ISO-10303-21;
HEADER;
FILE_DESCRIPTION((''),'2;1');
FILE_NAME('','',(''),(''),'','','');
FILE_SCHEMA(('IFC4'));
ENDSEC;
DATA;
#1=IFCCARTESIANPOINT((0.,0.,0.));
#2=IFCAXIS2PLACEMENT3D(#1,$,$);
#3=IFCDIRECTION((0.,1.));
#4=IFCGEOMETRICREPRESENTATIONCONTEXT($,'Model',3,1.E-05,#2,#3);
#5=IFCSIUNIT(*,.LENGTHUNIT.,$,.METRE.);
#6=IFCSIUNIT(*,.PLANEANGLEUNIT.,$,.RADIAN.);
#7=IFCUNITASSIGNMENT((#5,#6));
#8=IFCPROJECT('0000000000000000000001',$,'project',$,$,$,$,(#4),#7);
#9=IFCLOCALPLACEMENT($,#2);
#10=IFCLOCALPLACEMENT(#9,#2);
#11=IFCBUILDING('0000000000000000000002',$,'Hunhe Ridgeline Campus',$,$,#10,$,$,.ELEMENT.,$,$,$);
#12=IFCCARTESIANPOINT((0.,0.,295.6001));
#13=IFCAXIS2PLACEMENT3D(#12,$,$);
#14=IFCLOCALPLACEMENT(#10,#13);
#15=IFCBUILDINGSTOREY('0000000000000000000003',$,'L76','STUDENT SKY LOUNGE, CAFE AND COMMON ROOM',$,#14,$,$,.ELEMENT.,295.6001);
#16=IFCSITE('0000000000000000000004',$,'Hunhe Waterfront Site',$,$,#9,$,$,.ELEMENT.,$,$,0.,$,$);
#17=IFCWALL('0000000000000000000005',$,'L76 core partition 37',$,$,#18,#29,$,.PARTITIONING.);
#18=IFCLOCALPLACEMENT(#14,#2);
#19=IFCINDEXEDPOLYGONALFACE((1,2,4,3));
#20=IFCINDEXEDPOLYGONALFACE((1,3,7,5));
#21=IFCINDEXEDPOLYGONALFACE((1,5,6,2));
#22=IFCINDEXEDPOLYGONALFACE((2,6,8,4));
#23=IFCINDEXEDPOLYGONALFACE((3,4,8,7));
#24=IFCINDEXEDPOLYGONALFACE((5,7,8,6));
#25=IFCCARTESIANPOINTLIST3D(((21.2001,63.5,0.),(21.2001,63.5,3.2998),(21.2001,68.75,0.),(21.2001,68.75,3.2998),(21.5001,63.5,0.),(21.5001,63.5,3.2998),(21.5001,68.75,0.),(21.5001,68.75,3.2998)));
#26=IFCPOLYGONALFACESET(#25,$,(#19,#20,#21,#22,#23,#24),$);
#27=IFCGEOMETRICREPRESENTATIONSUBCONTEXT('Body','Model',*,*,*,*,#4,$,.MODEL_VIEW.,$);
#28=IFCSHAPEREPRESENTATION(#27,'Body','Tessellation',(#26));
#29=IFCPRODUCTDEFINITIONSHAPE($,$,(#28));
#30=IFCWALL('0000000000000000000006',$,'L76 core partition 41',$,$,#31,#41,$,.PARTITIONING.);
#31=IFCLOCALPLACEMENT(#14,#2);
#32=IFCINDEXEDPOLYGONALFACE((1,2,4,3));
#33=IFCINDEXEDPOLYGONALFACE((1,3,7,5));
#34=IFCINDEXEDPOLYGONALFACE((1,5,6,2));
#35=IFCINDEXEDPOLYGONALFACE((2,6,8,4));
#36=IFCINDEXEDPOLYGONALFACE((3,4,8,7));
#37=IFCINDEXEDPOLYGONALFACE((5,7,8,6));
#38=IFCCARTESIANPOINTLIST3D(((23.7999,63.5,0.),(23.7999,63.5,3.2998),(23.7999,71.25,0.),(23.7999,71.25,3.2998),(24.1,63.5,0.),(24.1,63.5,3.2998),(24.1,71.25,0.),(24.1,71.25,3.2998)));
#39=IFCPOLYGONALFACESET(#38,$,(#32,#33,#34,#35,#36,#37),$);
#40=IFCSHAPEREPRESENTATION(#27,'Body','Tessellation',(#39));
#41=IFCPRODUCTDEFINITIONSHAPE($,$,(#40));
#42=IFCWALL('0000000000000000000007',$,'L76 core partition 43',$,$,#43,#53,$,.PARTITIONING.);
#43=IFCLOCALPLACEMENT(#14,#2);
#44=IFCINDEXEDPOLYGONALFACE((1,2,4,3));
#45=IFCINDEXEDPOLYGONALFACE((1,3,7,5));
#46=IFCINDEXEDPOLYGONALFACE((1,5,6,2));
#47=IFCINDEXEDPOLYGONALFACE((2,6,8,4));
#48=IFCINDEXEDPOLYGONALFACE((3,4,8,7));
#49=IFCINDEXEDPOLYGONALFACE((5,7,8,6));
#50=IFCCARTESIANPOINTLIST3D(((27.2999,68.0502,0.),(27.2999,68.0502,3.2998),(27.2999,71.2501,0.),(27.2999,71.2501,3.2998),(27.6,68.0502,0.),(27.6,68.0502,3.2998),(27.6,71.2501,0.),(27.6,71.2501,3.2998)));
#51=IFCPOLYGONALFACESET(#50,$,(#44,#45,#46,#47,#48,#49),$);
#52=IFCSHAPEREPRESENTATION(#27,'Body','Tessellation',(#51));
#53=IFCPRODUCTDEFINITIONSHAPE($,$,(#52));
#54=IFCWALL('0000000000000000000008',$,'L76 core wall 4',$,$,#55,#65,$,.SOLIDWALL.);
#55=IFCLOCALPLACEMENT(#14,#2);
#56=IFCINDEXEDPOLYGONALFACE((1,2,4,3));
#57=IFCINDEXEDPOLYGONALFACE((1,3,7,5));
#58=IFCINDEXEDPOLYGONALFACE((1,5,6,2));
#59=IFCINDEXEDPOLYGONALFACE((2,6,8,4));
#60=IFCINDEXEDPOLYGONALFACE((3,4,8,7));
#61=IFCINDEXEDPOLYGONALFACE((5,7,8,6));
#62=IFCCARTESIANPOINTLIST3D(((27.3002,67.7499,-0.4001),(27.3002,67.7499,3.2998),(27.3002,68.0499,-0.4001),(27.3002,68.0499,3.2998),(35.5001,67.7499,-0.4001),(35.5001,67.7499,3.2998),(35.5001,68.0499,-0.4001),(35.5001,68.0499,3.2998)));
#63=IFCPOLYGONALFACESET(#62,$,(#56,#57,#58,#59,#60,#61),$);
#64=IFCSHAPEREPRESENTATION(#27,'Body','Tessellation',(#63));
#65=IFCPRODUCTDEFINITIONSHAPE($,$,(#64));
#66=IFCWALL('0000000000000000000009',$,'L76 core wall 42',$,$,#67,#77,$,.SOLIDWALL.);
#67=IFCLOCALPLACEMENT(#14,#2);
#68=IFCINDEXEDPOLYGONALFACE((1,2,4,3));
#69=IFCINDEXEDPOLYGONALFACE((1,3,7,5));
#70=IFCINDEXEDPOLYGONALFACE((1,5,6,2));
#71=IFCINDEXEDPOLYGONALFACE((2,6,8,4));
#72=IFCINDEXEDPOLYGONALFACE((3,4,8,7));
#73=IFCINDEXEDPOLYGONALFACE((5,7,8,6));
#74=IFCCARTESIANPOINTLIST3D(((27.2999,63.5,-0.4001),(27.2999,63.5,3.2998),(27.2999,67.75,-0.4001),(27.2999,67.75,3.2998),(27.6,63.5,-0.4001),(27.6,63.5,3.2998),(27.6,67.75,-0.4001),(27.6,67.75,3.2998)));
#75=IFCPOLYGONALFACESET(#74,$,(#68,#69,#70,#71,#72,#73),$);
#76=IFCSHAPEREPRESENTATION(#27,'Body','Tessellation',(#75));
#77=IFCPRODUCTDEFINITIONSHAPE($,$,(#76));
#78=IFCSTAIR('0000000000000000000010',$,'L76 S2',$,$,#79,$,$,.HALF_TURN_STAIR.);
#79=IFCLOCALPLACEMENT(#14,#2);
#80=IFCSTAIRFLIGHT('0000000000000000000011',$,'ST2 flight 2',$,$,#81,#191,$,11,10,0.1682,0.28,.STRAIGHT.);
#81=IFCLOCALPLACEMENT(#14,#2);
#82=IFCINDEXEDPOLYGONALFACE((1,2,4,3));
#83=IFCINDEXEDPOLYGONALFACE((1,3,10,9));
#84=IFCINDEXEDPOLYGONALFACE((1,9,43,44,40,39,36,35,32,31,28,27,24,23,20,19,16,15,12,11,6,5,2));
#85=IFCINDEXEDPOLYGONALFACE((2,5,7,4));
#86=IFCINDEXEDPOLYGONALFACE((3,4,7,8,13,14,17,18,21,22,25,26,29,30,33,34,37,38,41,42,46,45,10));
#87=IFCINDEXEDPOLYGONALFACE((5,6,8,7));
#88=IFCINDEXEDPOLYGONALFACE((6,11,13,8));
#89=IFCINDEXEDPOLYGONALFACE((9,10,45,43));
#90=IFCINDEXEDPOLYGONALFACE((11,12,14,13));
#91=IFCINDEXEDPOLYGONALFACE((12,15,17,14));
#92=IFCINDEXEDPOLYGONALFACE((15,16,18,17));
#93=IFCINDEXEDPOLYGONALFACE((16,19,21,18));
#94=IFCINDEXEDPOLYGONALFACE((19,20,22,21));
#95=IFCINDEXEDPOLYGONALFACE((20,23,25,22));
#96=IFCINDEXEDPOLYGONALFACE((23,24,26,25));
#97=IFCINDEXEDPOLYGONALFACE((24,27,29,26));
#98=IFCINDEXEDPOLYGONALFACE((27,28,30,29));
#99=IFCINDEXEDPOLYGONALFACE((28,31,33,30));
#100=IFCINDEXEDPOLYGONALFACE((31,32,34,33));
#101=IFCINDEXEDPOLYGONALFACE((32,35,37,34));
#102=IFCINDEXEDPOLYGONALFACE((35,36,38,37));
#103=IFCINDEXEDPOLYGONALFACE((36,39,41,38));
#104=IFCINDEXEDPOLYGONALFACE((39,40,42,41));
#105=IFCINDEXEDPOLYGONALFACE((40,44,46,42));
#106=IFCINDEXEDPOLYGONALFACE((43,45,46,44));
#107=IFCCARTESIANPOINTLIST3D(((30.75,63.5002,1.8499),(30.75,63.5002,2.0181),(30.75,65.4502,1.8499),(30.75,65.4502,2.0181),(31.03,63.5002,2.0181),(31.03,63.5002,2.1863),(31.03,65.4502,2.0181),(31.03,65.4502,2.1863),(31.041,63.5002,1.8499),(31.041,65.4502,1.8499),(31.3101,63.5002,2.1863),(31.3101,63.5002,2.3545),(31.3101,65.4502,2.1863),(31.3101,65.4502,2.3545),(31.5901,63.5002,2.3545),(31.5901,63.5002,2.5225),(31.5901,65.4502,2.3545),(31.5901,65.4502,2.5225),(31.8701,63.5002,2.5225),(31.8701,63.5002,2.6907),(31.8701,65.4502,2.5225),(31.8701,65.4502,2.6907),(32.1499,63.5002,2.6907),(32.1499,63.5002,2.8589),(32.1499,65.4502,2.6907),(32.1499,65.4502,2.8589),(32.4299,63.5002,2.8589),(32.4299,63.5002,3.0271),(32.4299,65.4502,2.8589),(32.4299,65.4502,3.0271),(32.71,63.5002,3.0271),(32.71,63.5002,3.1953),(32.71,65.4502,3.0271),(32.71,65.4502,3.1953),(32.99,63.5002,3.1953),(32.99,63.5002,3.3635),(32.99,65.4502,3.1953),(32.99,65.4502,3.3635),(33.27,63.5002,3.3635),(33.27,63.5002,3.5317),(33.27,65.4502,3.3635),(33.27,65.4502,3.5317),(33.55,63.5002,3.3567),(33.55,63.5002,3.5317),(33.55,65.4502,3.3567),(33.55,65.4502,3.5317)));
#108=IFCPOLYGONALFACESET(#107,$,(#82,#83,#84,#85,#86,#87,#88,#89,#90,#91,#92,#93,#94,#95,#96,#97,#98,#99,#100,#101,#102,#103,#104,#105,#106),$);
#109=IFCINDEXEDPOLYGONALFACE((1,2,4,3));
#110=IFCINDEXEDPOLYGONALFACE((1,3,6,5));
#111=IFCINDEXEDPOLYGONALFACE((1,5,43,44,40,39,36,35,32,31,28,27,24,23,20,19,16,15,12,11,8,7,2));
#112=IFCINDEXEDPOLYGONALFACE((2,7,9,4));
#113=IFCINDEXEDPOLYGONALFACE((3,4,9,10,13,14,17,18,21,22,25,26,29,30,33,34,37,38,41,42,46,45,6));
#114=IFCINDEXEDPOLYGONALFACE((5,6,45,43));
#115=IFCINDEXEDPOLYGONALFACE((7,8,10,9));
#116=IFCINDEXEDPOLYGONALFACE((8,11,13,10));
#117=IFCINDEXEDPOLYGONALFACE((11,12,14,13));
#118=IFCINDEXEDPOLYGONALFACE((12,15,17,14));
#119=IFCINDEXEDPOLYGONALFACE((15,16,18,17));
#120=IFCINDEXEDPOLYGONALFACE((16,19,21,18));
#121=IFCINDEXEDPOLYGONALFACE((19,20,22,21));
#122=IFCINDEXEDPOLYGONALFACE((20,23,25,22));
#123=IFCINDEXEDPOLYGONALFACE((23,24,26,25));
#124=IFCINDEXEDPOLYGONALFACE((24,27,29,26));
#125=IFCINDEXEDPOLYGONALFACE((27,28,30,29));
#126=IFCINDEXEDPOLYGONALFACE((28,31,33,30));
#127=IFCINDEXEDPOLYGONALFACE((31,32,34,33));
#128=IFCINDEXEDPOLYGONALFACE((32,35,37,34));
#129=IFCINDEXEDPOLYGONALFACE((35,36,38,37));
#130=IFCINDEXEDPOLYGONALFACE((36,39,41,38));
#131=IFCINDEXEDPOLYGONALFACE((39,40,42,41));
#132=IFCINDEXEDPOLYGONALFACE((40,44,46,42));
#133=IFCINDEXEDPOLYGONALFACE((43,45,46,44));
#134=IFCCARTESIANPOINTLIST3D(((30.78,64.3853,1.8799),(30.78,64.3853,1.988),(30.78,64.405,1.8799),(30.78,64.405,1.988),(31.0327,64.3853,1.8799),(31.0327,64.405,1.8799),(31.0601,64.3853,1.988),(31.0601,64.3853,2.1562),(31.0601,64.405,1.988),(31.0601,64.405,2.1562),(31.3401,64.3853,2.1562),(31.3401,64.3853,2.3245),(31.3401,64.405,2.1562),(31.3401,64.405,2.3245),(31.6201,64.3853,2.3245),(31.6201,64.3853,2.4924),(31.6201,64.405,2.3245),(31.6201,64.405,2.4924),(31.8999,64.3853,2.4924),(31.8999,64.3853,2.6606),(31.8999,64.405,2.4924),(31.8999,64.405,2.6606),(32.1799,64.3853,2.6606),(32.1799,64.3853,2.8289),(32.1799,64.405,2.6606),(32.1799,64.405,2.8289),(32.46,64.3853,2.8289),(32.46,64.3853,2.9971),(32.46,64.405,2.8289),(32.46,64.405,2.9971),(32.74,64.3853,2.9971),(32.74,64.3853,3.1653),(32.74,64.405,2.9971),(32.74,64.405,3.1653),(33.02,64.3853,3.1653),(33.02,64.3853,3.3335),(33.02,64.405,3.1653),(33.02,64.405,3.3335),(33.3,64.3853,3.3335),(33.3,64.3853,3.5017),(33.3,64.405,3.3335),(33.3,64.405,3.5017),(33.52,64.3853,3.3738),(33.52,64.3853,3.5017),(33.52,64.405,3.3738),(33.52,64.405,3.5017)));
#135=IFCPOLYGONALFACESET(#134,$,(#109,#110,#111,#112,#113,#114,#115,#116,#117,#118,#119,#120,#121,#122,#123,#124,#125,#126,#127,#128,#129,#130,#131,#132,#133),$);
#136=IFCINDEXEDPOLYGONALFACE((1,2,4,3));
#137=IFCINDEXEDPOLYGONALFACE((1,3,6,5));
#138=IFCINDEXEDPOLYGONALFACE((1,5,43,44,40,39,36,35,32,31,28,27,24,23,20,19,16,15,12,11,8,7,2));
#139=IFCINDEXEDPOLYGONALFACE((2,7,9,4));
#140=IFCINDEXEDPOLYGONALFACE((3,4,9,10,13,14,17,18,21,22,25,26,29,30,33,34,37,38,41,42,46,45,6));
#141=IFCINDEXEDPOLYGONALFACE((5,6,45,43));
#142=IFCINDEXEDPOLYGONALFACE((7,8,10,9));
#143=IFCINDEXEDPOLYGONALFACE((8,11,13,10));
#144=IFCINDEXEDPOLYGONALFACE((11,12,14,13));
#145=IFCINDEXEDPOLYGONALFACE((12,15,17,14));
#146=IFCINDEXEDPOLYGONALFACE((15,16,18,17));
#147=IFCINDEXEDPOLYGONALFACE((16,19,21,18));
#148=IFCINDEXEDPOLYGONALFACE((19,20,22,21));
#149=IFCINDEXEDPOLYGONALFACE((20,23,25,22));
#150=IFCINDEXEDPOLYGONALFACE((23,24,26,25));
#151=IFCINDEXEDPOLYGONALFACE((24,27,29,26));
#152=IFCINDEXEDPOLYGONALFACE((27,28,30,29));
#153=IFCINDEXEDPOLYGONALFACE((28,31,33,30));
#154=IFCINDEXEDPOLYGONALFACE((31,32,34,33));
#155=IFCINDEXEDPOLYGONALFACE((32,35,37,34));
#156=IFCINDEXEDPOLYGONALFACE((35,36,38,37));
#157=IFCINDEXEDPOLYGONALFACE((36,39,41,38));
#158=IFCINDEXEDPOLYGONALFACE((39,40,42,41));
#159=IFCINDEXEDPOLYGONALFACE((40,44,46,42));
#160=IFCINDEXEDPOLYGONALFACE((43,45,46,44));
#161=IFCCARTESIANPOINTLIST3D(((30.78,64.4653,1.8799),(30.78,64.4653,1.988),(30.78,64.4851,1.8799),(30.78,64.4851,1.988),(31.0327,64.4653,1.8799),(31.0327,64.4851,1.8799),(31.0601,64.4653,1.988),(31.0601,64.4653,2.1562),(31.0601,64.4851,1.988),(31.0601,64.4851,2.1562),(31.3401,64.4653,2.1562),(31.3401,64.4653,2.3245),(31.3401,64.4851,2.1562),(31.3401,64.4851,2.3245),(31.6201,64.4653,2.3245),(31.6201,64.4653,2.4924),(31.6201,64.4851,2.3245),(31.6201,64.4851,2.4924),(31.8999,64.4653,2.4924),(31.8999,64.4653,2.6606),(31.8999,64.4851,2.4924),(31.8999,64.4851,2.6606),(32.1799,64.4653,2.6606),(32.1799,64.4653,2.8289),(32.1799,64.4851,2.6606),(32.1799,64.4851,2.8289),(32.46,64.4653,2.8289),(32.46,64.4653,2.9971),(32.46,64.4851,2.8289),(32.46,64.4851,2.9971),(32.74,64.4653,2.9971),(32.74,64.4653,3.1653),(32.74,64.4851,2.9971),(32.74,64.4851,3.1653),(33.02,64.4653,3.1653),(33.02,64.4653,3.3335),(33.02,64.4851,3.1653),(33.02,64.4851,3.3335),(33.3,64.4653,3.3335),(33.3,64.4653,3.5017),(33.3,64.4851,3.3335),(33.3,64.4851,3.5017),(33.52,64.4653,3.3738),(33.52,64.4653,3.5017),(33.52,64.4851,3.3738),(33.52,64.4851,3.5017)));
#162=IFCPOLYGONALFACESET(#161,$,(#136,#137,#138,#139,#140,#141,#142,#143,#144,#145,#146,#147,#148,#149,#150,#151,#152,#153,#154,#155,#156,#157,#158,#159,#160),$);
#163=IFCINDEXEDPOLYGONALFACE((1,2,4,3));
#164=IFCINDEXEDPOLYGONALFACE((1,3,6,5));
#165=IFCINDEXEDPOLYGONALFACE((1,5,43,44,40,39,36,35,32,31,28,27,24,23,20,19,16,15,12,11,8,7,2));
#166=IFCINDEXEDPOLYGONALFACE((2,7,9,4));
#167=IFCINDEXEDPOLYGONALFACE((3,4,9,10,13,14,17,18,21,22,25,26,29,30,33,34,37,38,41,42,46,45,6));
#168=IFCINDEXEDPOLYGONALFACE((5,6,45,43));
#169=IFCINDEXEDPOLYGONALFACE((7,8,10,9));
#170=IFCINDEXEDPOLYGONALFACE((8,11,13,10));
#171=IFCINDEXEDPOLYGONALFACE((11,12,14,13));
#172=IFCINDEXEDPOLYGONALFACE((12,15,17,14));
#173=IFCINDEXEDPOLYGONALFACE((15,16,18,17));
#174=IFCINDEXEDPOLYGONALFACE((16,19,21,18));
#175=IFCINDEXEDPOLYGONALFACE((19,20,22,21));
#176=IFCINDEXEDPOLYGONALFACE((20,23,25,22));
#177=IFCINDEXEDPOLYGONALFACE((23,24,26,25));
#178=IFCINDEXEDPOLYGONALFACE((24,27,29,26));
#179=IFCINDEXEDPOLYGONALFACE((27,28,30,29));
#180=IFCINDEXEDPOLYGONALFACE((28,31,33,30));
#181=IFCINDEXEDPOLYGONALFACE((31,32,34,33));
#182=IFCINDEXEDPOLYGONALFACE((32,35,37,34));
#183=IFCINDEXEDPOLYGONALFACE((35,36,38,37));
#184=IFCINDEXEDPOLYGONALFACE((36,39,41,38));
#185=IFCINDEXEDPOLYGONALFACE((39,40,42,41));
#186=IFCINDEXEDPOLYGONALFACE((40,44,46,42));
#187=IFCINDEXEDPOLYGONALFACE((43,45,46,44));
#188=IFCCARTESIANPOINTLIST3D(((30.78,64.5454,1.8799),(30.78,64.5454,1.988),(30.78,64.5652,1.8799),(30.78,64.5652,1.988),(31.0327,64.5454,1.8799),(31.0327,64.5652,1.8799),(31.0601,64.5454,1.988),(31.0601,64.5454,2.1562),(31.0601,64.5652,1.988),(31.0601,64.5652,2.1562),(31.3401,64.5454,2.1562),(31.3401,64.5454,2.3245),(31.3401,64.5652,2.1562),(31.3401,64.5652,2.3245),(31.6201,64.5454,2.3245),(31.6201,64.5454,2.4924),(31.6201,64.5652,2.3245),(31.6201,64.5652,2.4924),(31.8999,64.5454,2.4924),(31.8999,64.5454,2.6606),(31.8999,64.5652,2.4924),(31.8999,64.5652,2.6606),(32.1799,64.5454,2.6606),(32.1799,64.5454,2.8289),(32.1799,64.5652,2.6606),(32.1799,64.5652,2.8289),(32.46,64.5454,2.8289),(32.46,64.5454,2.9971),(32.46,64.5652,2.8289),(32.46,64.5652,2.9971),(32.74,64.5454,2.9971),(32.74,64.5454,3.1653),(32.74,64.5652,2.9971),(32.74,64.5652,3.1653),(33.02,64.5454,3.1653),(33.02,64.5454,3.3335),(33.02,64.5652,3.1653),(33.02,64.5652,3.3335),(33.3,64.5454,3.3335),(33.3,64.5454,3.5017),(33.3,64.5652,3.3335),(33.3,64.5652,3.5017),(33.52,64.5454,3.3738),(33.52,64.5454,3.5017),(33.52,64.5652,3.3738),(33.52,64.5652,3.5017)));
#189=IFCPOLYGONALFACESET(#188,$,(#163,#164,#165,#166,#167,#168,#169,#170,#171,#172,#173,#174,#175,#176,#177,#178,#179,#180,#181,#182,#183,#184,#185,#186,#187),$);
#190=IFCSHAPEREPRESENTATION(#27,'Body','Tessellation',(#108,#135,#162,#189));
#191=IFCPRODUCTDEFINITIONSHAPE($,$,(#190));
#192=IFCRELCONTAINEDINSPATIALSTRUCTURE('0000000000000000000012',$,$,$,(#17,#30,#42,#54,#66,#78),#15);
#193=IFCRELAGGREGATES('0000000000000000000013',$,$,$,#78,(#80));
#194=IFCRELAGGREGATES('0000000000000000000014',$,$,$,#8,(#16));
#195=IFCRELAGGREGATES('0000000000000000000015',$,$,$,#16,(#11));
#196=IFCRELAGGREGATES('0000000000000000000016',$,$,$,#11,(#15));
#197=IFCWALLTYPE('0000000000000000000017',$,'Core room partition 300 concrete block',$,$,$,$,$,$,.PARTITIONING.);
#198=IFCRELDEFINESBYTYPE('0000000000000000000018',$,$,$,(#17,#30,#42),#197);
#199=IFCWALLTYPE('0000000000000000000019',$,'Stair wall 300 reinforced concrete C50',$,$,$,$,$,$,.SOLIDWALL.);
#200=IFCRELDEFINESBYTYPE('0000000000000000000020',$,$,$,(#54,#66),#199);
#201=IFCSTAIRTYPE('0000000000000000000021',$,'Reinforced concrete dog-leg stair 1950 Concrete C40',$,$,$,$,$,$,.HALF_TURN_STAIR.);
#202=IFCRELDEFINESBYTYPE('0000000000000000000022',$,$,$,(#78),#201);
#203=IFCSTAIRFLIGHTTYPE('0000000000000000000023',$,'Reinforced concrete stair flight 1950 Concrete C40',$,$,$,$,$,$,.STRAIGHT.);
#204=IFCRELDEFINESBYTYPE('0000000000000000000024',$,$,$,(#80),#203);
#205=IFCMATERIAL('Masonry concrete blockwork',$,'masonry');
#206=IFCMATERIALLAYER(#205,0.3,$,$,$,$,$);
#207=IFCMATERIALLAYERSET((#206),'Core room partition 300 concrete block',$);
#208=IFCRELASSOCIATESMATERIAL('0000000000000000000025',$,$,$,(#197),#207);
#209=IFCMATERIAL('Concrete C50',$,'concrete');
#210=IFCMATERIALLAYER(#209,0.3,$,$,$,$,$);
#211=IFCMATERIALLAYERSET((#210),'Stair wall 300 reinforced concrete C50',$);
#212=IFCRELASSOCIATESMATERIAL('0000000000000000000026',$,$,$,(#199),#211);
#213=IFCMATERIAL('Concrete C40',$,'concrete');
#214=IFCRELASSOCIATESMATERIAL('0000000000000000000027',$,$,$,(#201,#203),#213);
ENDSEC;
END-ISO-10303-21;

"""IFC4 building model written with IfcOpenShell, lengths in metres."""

from ifc_helpers import new_model, si_unit, direction, frame, frame_2d, origin, place, context, subcontext, project, spatial, polyline, rectangle, outline, extrude, material, layer, layer_set, type_object, element, aggregate, save


model = new_model("IFC4")

# Units and contexts
model_context = context("Model", 3, precision=1e-05, world=origin(), true_north=direction((0.0, 1.0)))
body_context = subcontext(model_context, "Body", "Model", "MODEL_VIEW")
ifc_project = project(units=[si_unit("LENGTHUNIT", "METRE"), si_unit("PLANEANGLEUNIT", "RADIAN")], contexts=[model_context])

# Site, building, storey
site_placement = place(None, origin())
site = spatial("IfcSite", under=ifc_project, at=site_placement, Name="Hunhe Waterfront Site", CompositionType="ELEMENT", RefElevation=0.0)
building_placement = place(site_placement, origin())
building = spatial("IfcBuilding", under=site, at=building_placement, Name="Hunhe Ridgeline Campus", CompositionType="ELEMENT")
storey_placement = place(building_placement, frame((0.0, 0.0, 295.6001)))
storey = spatial("IfcBuildingStorey", under=building, at=storey_placement, Name="L76", Description="STUDENT SKY LOUNGE, CAFE AND COMMON ROOM", CompositionType="ELEMENT", Elevation=295.6001)

# Shared definitions
ifc_material_1 = material(Name="Masonry concrete blockwork", Category="masonry")
ifc_layer_1 = layer(ifc_material_1, 0.3)
ifc_layer_set_1 = layer_set([ifc_layer_1], Name="Core room partition 300 concrete block")
wall_type_1 = type_object("IfcWallType", Name="Core room partition 300 concrete block", PredefinedType="PARTITIONING", material=ifc_layer_set_1)

# Walls
wall_1_placement = place(storey_placement, frame((21.3501, 63.5, 0.0), z_axis=(0.0, 0.0, 1.0), x_axis=(0.0, 1.0, 0.0)))
element("IfcWall", 1, at=wall_1_placement, inside=storey, type_object=wall_type_1, Name="L76 core partition 37", PredefinedType="PARTITIONING", context=body_context, shape_type="SweptSolid", body=[
    extrude(rectangle(XDim=5.25, YDim=0.3, at=frame_2d((2.625, 0.0))), origin(), (0.0, 0.0, 1.0), 3.2998),
])
wall_2_placement = place(storey_placement, frame((23.95, 63.5, 0.0), z_axis=(0.0, 0.0, 1.0), x_axis=(0.0, 1.0, 0.0)))
element("IfcWall", 2, at=wall_2_placement, inside=storey, type_object=wall_type_1, Name="L76 core partition 41", PredefinedType="PARTITIONING", context=body_context, shape_type="SweptSolid", body=[
    extrude(rectangle(XDim=7.75, YDim=0.3, at=frame_2d((3.875, 0.0))), origin(), (0.0, 0.0, 1.0), 3.2998),
])
wall_3_placement = place(storey_placement, frame((27.45, 68.05, 0.0), z_axis=(0.0, 0.0, 1.0), x_axis=(0.0, 1.0, 0.0)))
element("IfcWall", 3, at=wall_3_placement, inside=storey, type_object=wall_type_1, Name="L76 core partition 43", PredefinedType="PARTITIONING", context=body_context, shape_type="SweptSolid", body=[
    extrude(rectangle(XDim=3.2, YDim=0.3, at=frame_2d((1.6001, 0.0))), origin(), (0.0, 0.0, 1.0), 3.2998),
])

# Walls
ifc_material_2 = material(Name="Concrete C50", Category="concrete")
ifc_layer_2 = layer(ifc_material_2, 0.3)
ifc_layer_set_2 = layer_set([ifc_layer_2], Name="Stair wall 300 reinforced concrete C50")
wall_type_2 = type_object("IfcWallType", Name="Stair wall 300 reinforced concrete C50", PredefinedType="SOLIDWALL", material=ifc_layer_set_2)
wall_4_placement = place(storey_placement, frame((27.3, 67.8999, -0.4001), z_axis=(0.0, 0.0, 1.0), x_axis=(1.0, 0.0, 0.0)))
element("IfcWall", 4, at=wall_4_placement, inside=storey, type_object=wall_type_2, Name="L76 core wall 4", PredefinedType="SOLIDWALL", context=body_context, shape_type="SweptSolid", body=[
    extrude(rectangle(XDim=8.2, YDim=0.3, at=frame_2d((4.1001, 0.0))), origin(), (0.0, 0.0, 1.0), 3.7),
])
wall_5_placement = place(storey_placement, frame((27.45, 63.5, -0.4001), z_axis=(0.0, 0.0, 1.0), x_axis=(0.0, 1.0, 0.0)))
element("IfcWall", 5, at=wall_5_placement, inside=storey, type_object=wall_type_2, Name="L76 core wall 42", PredefinedType="SOLIDWALL", context=body_context, shape_type="SweptSolid", body=[
    extrude(rectangle(XDim=4.25, YDim=0.3, at=frame_2d((2.125, 0.0))), origin(), (0.0, 0.0, 1.0), 3.7),
])

# Stair, stair flight
ifc_material_3 = material(Name="Concrete C40", Category="concrete")
stair_type = type_object("IfcStairType", Name="Reinforced concrete dog-leg stair 1950 Concrete C40", PredefinedType="HALF_TURN_STAIR", material=ifc_material_3)
stair_placement = place(storey_placement, origin())
stair = element("IfcStair", 6, at=stair_placement, inside=storey, type_object=stair_type, Name="L76 S2", PredefinedType="HALF_TURN_STAIR")
stair_flight_type = type_object("IfcStairFlightType", Name="Reinforced concrete stair flight 1950 Concrete C40", PredefinedType="STRAIGHT", material=ifc_material_3)
stair_flight_placement = place(storey_placement, frame((30.75, 64.4751, 1.8499), z_axis=(0.0, 0.0, 1.0), x_axis=(1.0, 0.0, 0.0)))
stair_flight = element("IfcStairFlight", 7, at=stair_flight_placement, type_object=stair_flight_type, Name="ST2 flight 2", NumberOfRisers=11, NumberOfTreads=10, PredefinedType="STRAIGHT", RiserHeight=0.1682, TreadLength=0.28, context=body_context, shape_type="SweptSolid", body=[
    extrude(outline(polyline([(0.0, 0.0), (0.0, 0.1682), (0.28, 0.1682), (0.28, 0.3364), (0.5601, 0.3364), (0.5601, 0.5046), (0.8401, 0.5046), (0.8401, 0.6726), (1.1201, 0.6726), (1.1201, 0.8408), (1.3999, 0.8408), (1.3999, 1.009), (1.6799, 1.009), (1.6799, 1.1772), (1.96, 1.1772), (1.96, 1.3455), (2.24, 1.3455), (2.24, 1.5137), (2.52, 1.5137), (2.52, 1.6819), (2.8, 1.6819), (2.8, 1.8501), (2.8, 1.5068), (0.291, 0.0), (0.0, 0.0)])), frame((0.0, 0.9751, 0.0), z_axis=(0.0, -1.0, 0.0), x_axis=(1.0, 0.0, 0.0)), (0.0, 0.0, 1.0), 1.95),
    extrude(outline(polyline([(0.03, 0.03), (0.03, 0.1382), (0.3101, 0.1382), (0.3101, 0.3064), (0.5901, 0.3064), (0.5901, 0.4746), (0.8701, 0.4746), (0.8701, 0.6426), (1.1499, 0.6426), (1.1499, 0.8108), (1.4299, 0.8108), (1.4299, 0.979), (1.71, 0.979), (1.71, 1.1472), (1.99, 1.1472), (1.99, 1.3154), (2.27, 1.3154), (2.27, 1.4836), (2.55, 1.4836), (2.55, 1.6519), (2.77, 1.6519), (2.77, 1.5239), (0.2827, 0.03), (0.03, 0.03)])), frame((0.0, -0.0701, 0.0), z_axis=(0.0, -1.0, 0.0), x_axis=(1.0, 0.0, 0.0)), (0.0, 0.0, 1.0), 0.0198),
    extrude(outline(polyline([(0.03, 0.03), (0.03, 0.1382), (0.3101, 0.1382), (0.3101, 0.3064), (0.5901, 0.3064), (0.5901, 0.4746), (0.8701, 0.4746), (0.8701, 0.6426), (1.1499, 0.6426), (1.1499, 0.8108), (1.4299, 0.8108), (1.4299, 0.979), (1.71, 0.979), (1.71, 1.1472), (1.99, 1.1472), (1.99, 1.3154), (2.27, 1.3154), (2.27, 1.4836), (2.55, 1.4836), (2.55, 1.6519), (2.77, 1.6519), (2.77, 1.5239), (0.2827, 0.03), (0.03, 0.03)])), frame((0.0, 0.01, 0.0), z_axis=(0.0, -1.0, 0.0), x_axis=(1.0, 0.0, 0.0)), (0.0, 0.0, 1.0), 0.0198),
    extrude(outline(polyline([(0.03, 0.03), (0.03, 0.1382), (0.3101, 0.1382), (0.3101, 0.3064), (0.5901, 0.3064), (0.5901, 0.4746), (0.8701, 0.4746), (0.8701, 0.6426), (1.1499, 0.6426), (1.1499, 0.8108), (1.4299, 0.8108), (1.4299, 0.979), (1.71, 0.979), (1.71, 1.1472), (1.99, 1.1472), (1.99, 1.3154), (2.27, 1.3154), (2.27, 1.4836), (2.55, 1.4836), (2.55, 1.6519), (2.77, 1.6519), (2.77, 1.5239), (0.2827, 0.03), (0.03, 0.03)])), frame((0.0, 0.0901, 0.0), z_axis=(0.0, -1.0, 0.0), x_axis=(1.0, 0.0, 0.0)), (0.0, 0.0, 1.0), 0.0198),
])
aggregate(stair, [stair_flight])

save(model, "model.ifc")
